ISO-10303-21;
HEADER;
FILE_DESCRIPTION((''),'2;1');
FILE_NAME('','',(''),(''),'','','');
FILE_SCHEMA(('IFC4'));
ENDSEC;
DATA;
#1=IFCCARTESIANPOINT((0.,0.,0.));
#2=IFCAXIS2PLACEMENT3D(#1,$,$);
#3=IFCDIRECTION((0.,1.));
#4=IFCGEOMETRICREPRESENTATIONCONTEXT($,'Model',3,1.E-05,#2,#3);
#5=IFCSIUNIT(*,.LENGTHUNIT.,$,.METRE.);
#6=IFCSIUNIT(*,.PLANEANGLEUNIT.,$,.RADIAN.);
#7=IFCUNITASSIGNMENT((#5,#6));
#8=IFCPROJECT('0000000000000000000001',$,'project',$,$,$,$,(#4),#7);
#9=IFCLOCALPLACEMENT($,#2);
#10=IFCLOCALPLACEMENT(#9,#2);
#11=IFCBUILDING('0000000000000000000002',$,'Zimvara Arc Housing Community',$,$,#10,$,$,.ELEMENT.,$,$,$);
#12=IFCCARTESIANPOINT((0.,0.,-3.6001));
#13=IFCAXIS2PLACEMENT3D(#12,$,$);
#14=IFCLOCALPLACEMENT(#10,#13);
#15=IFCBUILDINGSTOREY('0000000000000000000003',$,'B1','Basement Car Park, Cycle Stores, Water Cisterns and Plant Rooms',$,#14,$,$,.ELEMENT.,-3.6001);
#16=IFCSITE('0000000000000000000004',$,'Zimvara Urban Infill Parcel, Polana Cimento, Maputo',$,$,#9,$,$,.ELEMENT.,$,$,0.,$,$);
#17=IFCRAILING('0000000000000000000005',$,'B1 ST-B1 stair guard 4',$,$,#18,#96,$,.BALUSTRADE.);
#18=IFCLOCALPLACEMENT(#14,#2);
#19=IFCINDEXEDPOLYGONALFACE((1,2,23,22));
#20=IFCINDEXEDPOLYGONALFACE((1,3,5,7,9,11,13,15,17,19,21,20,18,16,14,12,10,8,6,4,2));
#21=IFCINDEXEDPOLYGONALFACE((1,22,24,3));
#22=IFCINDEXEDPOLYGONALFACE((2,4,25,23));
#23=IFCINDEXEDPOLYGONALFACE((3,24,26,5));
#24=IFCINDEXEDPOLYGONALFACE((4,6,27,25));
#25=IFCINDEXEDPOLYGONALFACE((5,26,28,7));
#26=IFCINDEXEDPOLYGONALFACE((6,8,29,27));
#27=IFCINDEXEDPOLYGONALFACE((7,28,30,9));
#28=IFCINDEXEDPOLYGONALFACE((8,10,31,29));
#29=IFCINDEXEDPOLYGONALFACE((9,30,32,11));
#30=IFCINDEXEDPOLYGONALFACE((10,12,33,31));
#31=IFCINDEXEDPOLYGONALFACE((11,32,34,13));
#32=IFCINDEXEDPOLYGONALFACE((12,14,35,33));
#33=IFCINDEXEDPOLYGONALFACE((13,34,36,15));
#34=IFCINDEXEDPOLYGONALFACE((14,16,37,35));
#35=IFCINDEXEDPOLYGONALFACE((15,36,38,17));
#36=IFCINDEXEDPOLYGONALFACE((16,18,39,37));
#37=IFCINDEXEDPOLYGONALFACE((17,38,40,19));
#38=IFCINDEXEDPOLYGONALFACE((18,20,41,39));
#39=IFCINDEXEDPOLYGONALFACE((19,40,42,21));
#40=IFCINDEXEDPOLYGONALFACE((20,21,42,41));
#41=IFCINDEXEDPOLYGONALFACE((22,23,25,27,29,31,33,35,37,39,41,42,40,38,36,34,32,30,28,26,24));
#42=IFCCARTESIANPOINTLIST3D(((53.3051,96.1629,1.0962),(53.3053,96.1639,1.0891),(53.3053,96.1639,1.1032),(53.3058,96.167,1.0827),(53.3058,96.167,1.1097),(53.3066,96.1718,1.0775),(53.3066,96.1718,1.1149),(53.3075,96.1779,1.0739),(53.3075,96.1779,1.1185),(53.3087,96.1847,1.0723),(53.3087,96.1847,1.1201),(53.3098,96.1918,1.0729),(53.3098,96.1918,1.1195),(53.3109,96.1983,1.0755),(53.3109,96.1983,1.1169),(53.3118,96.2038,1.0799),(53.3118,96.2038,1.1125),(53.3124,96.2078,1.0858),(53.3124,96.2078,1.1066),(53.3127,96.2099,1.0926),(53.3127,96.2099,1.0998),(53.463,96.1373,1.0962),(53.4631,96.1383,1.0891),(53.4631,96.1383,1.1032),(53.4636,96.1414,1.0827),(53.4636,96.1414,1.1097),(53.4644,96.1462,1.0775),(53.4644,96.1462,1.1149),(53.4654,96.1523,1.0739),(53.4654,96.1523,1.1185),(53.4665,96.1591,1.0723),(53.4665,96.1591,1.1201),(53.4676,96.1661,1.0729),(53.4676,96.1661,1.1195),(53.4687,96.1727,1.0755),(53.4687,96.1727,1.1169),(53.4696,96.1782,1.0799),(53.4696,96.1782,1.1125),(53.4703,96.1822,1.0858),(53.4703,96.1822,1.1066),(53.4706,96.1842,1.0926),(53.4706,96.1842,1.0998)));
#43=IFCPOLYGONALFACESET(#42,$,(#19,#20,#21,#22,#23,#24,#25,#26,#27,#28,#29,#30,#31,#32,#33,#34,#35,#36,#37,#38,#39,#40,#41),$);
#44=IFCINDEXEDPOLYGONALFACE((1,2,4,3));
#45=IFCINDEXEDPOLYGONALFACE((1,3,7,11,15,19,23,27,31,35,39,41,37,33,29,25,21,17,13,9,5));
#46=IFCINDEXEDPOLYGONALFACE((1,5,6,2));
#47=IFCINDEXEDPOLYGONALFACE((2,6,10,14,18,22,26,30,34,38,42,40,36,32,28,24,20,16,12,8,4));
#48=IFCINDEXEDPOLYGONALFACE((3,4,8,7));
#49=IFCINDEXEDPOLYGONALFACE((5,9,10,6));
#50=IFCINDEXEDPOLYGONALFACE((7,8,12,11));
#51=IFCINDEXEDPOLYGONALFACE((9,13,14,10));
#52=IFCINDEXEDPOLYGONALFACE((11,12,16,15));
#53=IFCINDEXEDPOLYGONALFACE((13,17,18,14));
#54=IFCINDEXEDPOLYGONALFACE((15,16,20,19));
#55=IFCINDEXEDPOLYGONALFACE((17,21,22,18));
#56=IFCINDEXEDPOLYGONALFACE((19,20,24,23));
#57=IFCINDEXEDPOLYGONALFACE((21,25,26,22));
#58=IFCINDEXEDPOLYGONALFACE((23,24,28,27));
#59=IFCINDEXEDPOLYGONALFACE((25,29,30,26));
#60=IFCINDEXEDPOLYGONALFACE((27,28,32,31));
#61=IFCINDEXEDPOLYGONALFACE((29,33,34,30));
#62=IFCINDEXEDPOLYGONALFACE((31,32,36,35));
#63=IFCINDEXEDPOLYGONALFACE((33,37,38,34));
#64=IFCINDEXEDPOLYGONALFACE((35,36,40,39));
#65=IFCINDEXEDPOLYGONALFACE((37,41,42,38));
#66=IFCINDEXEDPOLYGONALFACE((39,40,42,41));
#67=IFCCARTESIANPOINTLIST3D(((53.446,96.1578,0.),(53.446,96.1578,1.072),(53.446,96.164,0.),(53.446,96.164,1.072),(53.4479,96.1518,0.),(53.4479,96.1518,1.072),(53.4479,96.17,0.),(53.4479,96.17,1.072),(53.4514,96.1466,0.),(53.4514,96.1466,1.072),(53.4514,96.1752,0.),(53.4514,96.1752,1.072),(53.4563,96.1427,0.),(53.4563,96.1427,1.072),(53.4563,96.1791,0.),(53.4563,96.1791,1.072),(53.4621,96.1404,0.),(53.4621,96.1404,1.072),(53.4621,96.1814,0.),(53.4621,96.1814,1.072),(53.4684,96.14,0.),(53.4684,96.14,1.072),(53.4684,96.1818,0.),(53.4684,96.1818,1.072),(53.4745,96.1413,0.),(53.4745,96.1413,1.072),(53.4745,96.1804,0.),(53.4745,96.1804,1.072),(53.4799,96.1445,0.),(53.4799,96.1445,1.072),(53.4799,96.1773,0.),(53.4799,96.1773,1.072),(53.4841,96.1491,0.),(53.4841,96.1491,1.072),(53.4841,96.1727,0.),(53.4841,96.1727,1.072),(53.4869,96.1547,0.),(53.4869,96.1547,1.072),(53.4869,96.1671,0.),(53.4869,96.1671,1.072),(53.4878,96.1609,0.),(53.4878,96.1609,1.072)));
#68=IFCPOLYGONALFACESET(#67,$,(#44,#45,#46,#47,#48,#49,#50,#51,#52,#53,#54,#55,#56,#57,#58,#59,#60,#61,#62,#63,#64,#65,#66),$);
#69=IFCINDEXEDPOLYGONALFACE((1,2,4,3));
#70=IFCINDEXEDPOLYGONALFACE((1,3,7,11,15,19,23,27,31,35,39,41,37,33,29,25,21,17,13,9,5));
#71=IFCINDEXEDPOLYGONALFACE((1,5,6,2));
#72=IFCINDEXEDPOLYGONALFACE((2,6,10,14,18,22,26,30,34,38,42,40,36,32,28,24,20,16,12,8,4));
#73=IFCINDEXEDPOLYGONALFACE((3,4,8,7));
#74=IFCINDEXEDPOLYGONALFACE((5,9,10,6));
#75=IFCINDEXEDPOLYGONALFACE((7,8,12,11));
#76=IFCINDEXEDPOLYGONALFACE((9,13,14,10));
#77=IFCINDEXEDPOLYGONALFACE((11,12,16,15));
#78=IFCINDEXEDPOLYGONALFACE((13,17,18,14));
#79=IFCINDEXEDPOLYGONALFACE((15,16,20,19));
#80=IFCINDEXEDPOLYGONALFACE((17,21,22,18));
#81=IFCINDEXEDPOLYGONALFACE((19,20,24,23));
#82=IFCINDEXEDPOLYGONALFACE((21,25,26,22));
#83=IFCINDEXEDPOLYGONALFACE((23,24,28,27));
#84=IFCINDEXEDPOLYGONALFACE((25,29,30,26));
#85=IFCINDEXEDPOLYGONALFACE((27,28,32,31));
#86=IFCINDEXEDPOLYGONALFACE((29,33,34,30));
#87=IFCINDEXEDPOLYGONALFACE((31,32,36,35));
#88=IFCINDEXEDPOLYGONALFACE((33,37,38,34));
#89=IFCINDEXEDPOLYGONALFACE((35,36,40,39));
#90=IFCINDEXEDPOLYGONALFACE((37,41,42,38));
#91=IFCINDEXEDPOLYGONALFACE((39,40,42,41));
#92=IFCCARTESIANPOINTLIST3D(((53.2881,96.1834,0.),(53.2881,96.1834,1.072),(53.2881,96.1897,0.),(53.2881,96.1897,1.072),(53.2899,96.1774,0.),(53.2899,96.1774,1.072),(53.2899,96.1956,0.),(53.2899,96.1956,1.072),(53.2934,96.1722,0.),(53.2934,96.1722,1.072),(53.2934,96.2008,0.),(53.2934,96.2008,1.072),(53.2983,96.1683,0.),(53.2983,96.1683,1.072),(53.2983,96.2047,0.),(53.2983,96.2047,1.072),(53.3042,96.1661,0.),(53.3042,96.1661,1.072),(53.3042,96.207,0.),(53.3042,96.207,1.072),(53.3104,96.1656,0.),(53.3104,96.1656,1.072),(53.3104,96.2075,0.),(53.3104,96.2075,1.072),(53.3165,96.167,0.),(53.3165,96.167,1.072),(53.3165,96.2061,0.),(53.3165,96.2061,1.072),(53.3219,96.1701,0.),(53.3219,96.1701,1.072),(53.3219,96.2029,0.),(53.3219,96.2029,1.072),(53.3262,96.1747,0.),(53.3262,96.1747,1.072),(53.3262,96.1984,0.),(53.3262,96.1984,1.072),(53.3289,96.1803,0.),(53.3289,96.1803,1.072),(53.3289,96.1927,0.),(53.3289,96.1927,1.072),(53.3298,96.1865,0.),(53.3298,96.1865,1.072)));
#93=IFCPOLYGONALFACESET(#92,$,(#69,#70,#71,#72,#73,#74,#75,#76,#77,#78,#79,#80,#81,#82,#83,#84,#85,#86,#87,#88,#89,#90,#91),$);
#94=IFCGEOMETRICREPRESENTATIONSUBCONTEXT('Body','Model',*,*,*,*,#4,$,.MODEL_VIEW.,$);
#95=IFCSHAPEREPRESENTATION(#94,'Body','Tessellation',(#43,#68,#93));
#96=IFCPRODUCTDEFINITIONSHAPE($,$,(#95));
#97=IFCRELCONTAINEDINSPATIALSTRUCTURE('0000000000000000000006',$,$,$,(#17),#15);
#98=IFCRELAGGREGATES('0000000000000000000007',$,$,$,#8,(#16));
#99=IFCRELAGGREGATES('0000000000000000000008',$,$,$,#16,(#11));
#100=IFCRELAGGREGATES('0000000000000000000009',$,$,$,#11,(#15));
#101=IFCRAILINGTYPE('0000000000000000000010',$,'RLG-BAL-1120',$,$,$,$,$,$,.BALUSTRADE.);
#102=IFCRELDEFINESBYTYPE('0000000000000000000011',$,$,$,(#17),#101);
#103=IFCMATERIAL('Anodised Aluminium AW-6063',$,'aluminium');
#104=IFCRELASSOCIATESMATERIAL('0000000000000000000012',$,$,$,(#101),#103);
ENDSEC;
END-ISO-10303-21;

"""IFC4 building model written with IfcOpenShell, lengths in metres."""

from ifc_helpers import new_model, si_unit, direction, frame, origin, origin_2d, place, context, subcontext, project, spatial, circle, extrude, material, type_object, element, save


model = new_model("IFC4")

# Units and contexts
model_context = context("Model", 3, precision=1e-05, world=origin(), true_north=direction((0.0, 1.0)))
body_context = subcontext(model_context, "Body", "Model", "MODEL_VIEW")
ifc_project = project(units=[si_unit("LENGTHUNIT", "METRE"), si_unit("PLANEANGLEUNIT", "RADIAN")], contexts=[model_context])

# Site, building, storey
site_placement = place(None, origin())
site = spatial("IfcSite", under=ifc_project, at=site_placement, Name="Zimvara Urban Infill Parcel, Polana Cimento, Maputo", CompositionType="ELEMENT", RefElevation=0.0)
building_placement = place(site_placement, origin())
building = spatial("IfcBuilding", under=site, at=building_placement, Name="Zimvara Arc Housing Community", CompositionType="ELEMENT")
storey_placement = place(building_placement, frame((0.0, 0.0, -3.6001)))
storey = spatial("IfcBuildingStorey", under=building, at=storey_placement, Name="B1", Description="Basement Car Park, Cycle Stores, Water Cisterns and Plant Rooms", CompositionType="ELEMENT", Elevation=-3.6001)

# Railing
ifc_material_1 = material(Name="Anodised Aluminium AW-6063", Category="aluminium")
railing_type_1 = type_object("IfcRailingType", Name="RLG-BAL-1120", PredefinedType="BALUSTRADE", material=ifc_material_1)
railing_1_placement = place(storey_placement, frame((53.4668, 96.1609, 0.0)))
element("IfcRailing", 1, at=railing_1_placement, inside=storey, type_object=railing_type_1, Name="B1 ST-B1 stair guard 4", PredefinedType="BALUSTRADE", context=body_context, shape_type="SweptSolid", body=[
    extrude(circle(Radius=0.0239, at=origin_2d()), frame((0.0, 0.0, 1.0962), z_axis=(-0.987086, 0.160192, 0.0), x_axis=(-0.160192, -0.987086, 0.0)), (0.0, 0.0, 1.0), 0.1599),
    extrude(circle(Radius=0.021, at=origin_2d()), origin(), (0.0, 0.0, 1.0), 1.072),
    extrude(circle(Radius=0.021, at=origin_2d()), frame((-0.158, 0.0256, 0.0)), (0.0, 0.0, 1.0), 1.072),
])

save(model, "model.ifc")
